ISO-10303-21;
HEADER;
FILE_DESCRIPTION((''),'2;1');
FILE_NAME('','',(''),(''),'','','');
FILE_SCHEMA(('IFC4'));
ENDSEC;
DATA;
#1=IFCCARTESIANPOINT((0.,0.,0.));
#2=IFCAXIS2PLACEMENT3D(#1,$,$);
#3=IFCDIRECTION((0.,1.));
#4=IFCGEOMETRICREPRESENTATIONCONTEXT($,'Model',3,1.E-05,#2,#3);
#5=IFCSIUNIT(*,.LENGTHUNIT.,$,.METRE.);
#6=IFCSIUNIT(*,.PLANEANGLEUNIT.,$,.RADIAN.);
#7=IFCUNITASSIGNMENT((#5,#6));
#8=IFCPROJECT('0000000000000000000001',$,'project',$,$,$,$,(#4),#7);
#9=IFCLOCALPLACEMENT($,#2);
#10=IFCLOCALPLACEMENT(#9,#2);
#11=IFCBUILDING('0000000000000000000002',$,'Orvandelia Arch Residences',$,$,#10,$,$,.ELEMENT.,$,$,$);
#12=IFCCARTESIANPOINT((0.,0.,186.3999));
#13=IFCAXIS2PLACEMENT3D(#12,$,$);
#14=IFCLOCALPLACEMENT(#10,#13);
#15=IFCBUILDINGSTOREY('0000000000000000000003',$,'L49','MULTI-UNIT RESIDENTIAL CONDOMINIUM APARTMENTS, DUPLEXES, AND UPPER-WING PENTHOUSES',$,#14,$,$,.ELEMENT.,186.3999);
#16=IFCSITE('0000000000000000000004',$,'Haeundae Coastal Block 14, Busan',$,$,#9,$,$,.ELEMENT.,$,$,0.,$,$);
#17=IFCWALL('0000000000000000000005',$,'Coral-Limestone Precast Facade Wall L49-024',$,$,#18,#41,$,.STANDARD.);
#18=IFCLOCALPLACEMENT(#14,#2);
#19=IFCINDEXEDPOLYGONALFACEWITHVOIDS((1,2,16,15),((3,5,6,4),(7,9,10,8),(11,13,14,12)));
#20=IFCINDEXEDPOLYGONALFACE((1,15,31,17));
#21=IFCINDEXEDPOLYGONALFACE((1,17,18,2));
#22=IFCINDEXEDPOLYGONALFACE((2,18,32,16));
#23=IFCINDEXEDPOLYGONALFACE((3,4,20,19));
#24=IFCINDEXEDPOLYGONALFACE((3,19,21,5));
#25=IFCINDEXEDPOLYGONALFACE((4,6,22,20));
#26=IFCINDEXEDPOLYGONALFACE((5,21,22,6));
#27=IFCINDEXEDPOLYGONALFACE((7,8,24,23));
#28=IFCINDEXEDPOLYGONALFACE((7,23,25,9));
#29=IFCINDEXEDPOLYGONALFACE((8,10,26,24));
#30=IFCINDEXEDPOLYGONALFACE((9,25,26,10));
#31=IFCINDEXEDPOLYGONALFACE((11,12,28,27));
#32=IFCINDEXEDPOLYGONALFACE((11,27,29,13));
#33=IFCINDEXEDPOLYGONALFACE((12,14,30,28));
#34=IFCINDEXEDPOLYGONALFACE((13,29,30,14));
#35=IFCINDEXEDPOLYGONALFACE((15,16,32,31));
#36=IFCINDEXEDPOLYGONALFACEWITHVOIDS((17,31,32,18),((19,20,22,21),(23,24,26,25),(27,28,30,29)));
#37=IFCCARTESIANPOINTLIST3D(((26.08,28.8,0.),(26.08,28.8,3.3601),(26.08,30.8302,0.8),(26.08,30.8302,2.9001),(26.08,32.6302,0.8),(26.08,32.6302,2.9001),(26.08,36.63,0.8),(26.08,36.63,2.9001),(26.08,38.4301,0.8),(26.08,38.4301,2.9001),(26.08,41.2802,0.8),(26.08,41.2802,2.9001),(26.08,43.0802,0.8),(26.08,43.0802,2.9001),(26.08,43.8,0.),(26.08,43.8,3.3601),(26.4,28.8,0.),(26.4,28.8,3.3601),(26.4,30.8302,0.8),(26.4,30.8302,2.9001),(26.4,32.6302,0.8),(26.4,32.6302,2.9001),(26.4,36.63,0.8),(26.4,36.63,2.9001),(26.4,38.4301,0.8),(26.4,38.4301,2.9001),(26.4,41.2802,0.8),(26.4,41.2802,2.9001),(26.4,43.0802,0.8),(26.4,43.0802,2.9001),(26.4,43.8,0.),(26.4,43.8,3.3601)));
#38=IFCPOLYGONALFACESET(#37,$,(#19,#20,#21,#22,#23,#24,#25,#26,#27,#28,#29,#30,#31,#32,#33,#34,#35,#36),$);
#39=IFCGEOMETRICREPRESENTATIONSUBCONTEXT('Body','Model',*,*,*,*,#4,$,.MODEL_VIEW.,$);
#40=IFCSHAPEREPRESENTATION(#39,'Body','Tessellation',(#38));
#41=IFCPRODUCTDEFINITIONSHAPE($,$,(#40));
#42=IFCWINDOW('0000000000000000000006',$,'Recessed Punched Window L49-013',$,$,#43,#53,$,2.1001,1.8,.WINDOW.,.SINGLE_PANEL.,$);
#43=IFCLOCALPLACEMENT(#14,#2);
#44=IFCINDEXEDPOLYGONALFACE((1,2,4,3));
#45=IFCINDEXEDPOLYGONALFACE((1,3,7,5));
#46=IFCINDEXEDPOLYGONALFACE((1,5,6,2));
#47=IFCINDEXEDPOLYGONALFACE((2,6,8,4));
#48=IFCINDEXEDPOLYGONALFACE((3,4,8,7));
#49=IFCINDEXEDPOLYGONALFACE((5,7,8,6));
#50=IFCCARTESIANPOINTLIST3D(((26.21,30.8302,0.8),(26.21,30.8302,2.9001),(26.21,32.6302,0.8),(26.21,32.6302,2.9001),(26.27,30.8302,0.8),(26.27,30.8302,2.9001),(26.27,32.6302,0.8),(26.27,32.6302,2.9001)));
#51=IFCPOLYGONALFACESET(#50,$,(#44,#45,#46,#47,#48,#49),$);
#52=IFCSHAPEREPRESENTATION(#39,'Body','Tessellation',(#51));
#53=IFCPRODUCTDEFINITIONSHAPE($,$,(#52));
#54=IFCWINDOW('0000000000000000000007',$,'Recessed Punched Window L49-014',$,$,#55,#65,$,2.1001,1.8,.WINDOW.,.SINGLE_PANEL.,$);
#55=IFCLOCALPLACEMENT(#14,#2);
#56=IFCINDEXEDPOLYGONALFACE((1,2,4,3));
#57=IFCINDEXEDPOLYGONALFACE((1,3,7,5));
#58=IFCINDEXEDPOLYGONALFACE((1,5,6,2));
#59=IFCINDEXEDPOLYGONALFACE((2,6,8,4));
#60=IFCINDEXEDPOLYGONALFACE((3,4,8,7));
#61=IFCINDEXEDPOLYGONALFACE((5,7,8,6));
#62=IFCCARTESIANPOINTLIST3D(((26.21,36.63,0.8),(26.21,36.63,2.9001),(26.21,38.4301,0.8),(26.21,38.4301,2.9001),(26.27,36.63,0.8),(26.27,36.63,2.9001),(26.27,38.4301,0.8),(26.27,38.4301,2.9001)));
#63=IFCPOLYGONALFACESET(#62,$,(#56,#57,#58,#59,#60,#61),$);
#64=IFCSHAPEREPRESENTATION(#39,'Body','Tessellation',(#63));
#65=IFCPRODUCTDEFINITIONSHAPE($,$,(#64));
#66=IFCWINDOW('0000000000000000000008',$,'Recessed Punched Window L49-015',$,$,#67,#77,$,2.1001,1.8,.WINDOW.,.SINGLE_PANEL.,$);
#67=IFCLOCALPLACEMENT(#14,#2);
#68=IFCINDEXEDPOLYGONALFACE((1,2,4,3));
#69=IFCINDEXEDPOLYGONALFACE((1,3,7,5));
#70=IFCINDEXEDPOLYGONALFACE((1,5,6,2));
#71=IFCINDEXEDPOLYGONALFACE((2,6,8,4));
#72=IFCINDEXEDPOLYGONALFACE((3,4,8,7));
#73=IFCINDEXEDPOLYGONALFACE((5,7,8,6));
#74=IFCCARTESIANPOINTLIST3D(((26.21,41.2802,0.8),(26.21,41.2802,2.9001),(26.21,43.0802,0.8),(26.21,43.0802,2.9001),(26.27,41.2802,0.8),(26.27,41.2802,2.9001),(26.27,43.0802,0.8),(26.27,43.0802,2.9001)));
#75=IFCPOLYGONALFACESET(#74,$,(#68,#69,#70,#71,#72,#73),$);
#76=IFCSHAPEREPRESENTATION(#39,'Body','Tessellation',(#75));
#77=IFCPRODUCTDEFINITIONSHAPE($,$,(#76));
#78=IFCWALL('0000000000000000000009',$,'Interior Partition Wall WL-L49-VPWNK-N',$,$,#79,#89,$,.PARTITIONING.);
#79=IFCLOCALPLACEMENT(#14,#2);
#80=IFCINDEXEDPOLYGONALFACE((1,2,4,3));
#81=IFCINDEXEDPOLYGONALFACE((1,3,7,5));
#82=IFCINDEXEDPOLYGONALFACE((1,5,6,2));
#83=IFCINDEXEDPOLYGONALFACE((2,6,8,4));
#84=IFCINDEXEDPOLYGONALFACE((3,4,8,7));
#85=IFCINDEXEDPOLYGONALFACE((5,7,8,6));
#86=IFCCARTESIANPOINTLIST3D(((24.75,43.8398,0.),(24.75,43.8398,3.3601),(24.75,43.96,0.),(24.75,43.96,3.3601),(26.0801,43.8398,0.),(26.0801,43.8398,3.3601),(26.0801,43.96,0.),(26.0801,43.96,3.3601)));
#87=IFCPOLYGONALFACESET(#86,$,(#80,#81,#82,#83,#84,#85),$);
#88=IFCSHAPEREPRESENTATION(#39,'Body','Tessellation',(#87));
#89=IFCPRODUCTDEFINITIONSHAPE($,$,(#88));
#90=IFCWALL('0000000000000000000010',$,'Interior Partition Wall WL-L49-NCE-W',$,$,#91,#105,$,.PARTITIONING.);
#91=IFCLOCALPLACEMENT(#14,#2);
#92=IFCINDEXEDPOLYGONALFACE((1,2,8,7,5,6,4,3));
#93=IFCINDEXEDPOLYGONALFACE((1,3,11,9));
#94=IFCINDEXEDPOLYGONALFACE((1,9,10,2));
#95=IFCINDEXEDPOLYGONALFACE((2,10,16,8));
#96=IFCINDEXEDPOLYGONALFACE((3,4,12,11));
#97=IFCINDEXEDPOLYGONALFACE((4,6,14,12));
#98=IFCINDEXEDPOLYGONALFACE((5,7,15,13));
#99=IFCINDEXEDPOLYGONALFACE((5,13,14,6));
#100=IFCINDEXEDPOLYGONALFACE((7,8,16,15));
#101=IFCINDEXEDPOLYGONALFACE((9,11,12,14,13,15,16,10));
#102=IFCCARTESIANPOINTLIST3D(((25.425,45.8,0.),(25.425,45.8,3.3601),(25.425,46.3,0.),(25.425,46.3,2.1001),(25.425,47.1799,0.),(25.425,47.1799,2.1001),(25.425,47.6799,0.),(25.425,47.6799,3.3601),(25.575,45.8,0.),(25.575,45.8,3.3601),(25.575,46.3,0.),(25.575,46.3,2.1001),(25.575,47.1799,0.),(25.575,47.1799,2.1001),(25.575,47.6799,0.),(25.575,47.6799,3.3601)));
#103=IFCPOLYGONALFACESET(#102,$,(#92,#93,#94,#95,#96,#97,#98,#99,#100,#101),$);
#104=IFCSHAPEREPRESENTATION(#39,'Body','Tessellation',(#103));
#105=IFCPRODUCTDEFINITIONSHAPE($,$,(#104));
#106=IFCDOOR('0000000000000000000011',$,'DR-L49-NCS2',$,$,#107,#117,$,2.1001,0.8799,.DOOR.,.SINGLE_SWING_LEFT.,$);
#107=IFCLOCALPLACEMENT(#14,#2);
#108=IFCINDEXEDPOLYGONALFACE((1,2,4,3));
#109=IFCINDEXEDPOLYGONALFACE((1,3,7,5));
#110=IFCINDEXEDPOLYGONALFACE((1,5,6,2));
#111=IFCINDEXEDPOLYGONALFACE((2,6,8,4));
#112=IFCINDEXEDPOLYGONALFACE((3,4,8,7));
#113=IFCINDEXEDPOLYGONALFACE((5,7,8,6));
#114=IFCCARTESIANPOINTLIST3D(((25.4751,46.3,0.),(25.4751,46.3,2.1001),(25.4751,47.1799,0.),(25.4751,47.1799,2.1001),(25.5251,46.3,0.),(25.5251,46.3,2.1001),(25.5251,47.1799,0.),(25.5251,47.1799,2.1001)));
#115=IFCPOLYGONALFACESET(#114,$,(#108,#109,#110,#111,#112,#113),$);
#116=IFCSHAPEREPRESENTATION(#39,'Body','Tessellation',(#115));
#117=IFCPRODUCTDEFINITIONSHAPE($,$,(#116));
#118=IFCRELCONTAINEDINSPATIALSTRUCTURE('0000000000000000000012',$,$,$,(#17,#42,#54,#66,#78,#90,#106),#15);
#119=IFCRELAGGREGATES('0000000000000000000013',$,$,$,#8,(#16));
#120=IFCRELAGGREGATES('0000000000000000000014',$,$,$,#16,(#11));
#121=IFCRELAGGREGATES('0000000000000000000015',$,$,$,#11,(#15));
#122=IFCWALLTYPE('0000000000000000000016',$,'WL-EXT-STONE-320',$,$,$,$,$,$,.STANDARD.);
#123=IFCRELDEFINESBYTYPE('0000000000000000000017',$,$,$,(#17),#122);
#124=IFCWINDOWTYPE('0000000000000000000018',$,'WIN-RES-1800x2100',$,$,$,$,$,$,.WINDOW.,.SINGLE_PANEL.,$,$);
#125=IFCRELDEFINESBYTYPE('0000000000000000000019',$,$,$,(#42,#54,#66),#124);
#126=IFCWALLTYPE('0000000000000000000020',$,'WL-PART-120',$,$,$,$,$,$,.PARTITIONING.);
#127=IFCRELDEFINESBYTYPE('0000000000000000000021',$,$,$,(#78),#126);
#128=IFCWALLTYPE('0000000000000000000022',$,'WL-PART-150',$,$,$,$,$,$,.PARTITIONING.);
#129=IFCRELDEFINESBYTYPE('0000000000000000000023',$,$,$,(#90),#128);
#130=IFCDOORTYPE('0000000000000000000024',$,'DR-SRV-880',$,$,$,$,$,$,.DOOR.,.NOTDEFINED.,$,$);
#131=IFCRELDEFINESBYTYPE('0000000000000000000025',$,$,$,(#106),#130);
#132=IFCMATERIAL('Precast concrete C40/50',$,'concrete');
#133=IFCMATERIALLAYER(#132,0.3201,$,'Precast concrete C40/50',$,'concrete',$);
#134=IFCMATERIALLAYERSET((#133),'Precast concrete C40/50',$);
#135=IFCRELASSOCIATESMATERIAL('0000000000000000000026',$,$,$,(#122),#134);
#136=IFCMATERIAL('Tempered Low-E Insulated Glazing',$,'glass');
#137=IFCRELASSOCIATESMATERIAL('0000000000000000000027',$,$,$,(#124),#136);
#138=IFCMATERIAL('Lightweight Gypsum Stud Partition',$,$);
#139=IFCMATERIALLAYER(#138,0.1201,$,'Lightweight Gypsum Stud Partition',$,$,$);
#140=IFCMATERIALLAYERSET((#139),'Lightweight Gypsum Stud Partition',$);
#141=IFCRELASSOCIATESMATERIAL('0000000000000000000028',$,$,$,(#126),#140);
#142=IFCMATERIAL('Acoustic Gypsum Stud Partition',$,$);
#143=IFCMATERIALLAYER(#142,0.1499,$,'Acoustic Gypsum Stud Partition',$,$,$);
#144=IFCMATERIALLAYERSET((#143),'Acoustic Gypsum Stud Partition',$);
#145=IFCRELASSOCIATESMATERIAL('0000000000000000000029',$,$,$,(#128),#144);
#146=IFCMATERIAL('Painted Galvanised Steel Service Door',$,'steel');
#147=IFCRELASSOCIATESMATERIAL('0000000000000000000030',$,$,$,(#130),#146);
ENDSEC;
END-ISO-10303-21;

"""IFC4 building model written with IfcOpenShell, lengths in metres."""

from ifc_helpers import new_model, si_unit, direction, frame, frame_2d, origin, place, context, subcontext, project, spatial, rectangle, extrude, material, layer, layer_set, type_object, element, fill, save


model = new_model("IFC4")

# Units and contexts
model_context = context("Model", 3, precision=1e-05, world=origin(), true_north=direction((0.0, 1.0)))
body_context = subcontext(model_context, "Body", "Model", "MODEL_VIEW")
ifc_project = project(units=[si_unit("LENGTHUNIT", "METRE"), si_unit("PLANEANGLEUNIT", "RADIAN")], contexts=[model_context])

# Site, building, storey
site_placement = place(None, origin())
site = spatial("IfcSite", under=ifc_project, at=site_placement, Name="Haeundae Coastal Block 14, Busan", CompositionType="ELEMENT", RefElevation=0.0)
building_placement = place(site_placement, origin())
building = spatial("IfcBuilding", under=site, at=building_placement, Name="Orvandelia Arch Residences", CompositionType="ELEMENT")
storey_placement = place(building_placement, frame((0.0, 0.0, 186.3999)))
storey = spatial("IfcBuildingStorey", under=building, at=storey_placement, Name="L49", Description="MULTI-UNIT RESIDENTIAL CONDOMINIUM APARTMENTS, DUPLEXES, AND UPPER-WING PENTHOUSES", CompositionType="ELEMENT", Elevation=186.3999)

# Wall, openings, windows
ifc_material_1 = material(Name="Precast concrete C40/50", Category="concrete")
ifc_layer_1 = layer(ifc_material_1, 0.3201, Name="Precast concrete C40/50", Category="concrete")
ifc_layer_set_1 = layer_set([ifc_layer_1], Name="Precast concrete C40/50")
wall_type_1 = type_object("IfcWallType", Name="WL-EXT-STONE-320", PredefinedType="STANDARD", material=ifc_layer_set_1)
wall_1_placement = place(storey_placement, frame((26.24, 43.8, 0.0), z_axis=(0.0, 0.0, 1.0), x_axis=(0.0, -1.0, 0.0)))
wall_1 = element("IfcWall", 1, at=wall_1_placement, inside=storey, type_object=wall_type_1, Name="Coral-Limestone Precast Facade Wall L49-024", PredefinedType="STANDARD", context=body_context, shape_type="SweptSolid", body=[
    extrude(rectangle(XDim=15.0, YDim=0.3201, at=frame_2d((7.5, 0.0))), origin(), (0.0, 0.0, 1.0), 3.3601),
])
opening_1_placement = place(wall_1_placement, frame((11.1699, 0.0, 0.8)))
opening_1 = element("IfcOpeningElement", 2, at=opening_1_placement, cuts=wall_1, PredefinedType="OPENING", context=body_context, shape_type="SweptSolid", body=[
    extrude(rectangle(XDim=1.8, YDim=2.1001, at=frame_2d((0.8999, 1.05))), frame((0.0, 0.1699, 0.0), z_axis=(0.0, -1.0, 0.0), x_axis=(1.0, 0.0, 0.0)), (0.0, 0.0, 1.0), 0.3401),
])
opening_2_placement = place(wall_1_placement, frame((5.3701, 0.0, 0.8)))
opening_2 = element("IfcOpeningElement", 3, at=opening_2_placement, cuts=wall_1, PredefinedType="OPENING", context=body_context, shape_type="SweptSolid", body=[
    extrude(rectangle(XDim=1.8, YDim=2.1001, at=frame_2d((0.8999, 1.05))), frame((0.0, 0.1699, 0.0), z_axis=(0.0, -1.0, 0.0), x_axis=(1.0, 0.0, 0.0)), (0.0, 0.0, 1.0), 0.3401),
])
opening_3_placement = place(wall_1_placement, frame((0.72, 0.0, 0.8)))
opening_3 = element("IfcOpeningElement", 4, at=opening_3_placement, cuts=wall_1, PredefinedType="OPENING", context=body_context, shape_type="SweptSolid", body=[
    extrude(rectangle(XDim=1.8, YDim=2.1001, at=frame_2d((0.8999, 1.05))), frame((0.0, 0.1699, 0.0), z_axis=(0.0, -1.0, 0.0), x_axis=(1.0, 0.0, 0.0)), (0.0, 0.0, 1.0), 0.3401),
])
ifc_material_2 = material(Name="Tempered Low-E Insulated Glazing", Category="glass")
window_type = type_object("IfcWindowType", Name="WIN-RES-1800x2100", PartitioningType="SINGLE_PANEL", PredefinedType="WINDOW", material=ifc_material_2)
window_1_placement = place(opening_1_placement, origin())
window_1 = element("IfcWindow", 5, at=window_1_placement, inside=storey, type_object=window_type, Name="Recessed Punched Window L49-013", OverallHeight=2.1001, OverallWidth=1.8, PartitioningType="SINGLE_PANEL", PredefinedType="WINDOW", context=body_context, shape_type="SweptSolid", body=[
    extrude(rectangle(XDim=1.8, YDim=2.1001, at=frame_2d((0.8999, 1.05))), frame((0.0, 0.03, 0.0), z_axis=(0.0, -1.0, 0.0), x_axis=(1.0, 0.0, 0.0)), (0.0, 0.0, 1.0), 0.0601),
])
fill(opening_1, window_1)
window_2_placement = place(opening_2_placement, origin())
window_2 = element("IfcWindow", 6, at=window_2_placement, inside=storey, type_object=window_type, Name="Recessed Punched Window L49-014", OverallHeight=2.1001, OverallWidth=1.8, PartitioningType="SINGLE_PANEL", PredefinedType="WINDOW", context=body_context, shape_type="SweptSolid", body=[
    extrude(rectangle(XDim=1.8, YDim=2.1001, at=frame_2d((0.8999, 1.05))), frame((0.0, 0.03, 0.0), z_axis=(0.0, -1.0, 0.0), x_axis=(1.0, 0.0, 0.0)), (0.0, 0.0, 1.0), 0.0601),
])
fill(opening_2, window_2)
window_3_placement = place(opening_3_placement, origin())
window_3 = element("IfcWindow", 7, at=window_3_placement, inside=storey, type_object=window_type, Name="Recessed Punched Window L49-015", OverallHeight=2.1001, OverallWidth=1.8, PartitioningType="SINGLE_PANEL", PredefinedType="WINDOW", context=body_context, shape_type="SweptSolid", body=[
    extrude(rectangle(XDim=1.8, YDim=2.1001, at=frame_2d((0.8999, 1.05))), frame((0.0, 0.03, 0.0), z_axis=(0.0, -1.0, 0.0), x_axis=(1.0, 0.0, 0.0)), (0.0, 0.0, 1.0), 0.0601),
])
fill(opening_3, window_3)

# Wall
ifc_material_3 = material(Name="Lightweight Gypsum Stud Partition")
ifc_layer_2 = layer(ifc_material_3, 0.1201, Name="Lightweight Gypsum Stud Partition")
ifc_layer_set_2 = layer_set([ifc_layer_2], Name="Lightweight Gypsum Stud Partition")
wall_type_2 = type_object("IfcWallType", Name="WL-PART-120", PredefinedType="PARTITIONING", material=ifc_layer_set_2)
wall_2_placement = place(storey_placement, frame((24.75, 43.8999, 0.0), z_axis=(0.0, 0.0, 1.0), x_axis=(1.0, 0.0, 0.0)))
element("IfcWall", 8, at=wall_2_placement, inside=storey, type_object=wall_type_2, Name="Interior Partition Wall WL-L49-VPWNK-N", PredefinedType="PARTITIONING", context=body_context, shape_type="SweptSolid", body=[
    extrude(rectangle(XDim=1.3301, YDim=0.1201, at=frame_2d((0.665, 0.0))), origin(), (0.0, 0.0, 1.0), 3.3601),
])

# Wall, opening, door
ifc_material_4 = material(Name="Acoustic Gypsum Stud Partition")
ifc_layer_3 = layer(ifc_material_4, 0.1499, Name="Acoustic Gypsum Stud Partition")
ifc_layer_set_3 = layer_set([ifc_layer_3], Name="Acoustic Gypsum Stud Partition")
wall_type_3 = type_object("IfcWallType", Name="WL-PART-150", PredefinedType="PARTITIONING", material=ifc_layer_set_3)
wall_3_placement = place(storey_placement, frame((25.5, 45.8, 0.0), z_axis=(0.0, 0.0, 1.0), x_axis=(0.0, 1.0, 0.0)))
wall_3 = element("IfcWall", 9, at=wall_3_placement, inside=storey, type_object=wall_type_3, Name="Interior Partition Wall WL-L49-NCE-W", PredefinedType="PARTITIONING", context=body_context, shape_type="SweptSolid", body=[
    extrude(rectangle(XDim=1.8799, YDim=0.1499, at=frame_2d((0.9399, 0.0))), origin(), (0.0, 0.0, 1.0), 3.3601),
])
opening_4_placement = place(wall_3_placement, frame((0.5, 0.0, 0.0)))
opening_4 = element("IfcOpeningElement", 10, at=opening_4_placement, cuts=wall_3, PredefinedType="OPENING", context=body_context, shape_type="SweptSolid", body=[
    extrude(rectangle(XDim=0.8799, YDim=2.1001, at=frame_2d((0.4399, 1.05))), frame((0.0, 0.085, 0.0), z_axis=(0.0, -1.0, 0.0), x_axis=(1.0, 0.0, 0.0)), (0.0, 0.0, 1.0), 0.1699),
])
ifc_material_5 = material(Name="Painted Galvanised Steel Service Door", Category="steel")
door_type_1 = type_object("IfcDoorType", Name="DR-SRV-880", OperationType="NOTDEFINED", PredefinedType="DOOR", material=ifc_material_5)
door_1_placement = place(opening_4_placement, origin())
door_1 = element("IfcDoor", 11, at=door_1_placement, inside=storey, type_object=door_type_1, Name="DR-L49-NCS2", OperationType="SINGLE_SWING_LEFT", OverallHeight=2.1001, OverallWidth=0.8799, PredefinedType="DOOR", context=body_context, shape_type="SweptSolid", body=[
    extrude(rectangle(XDim=0.8799, YDim=2.1001, at=frame_2d((0.4399, 1.05))), frame((0.0, 0.0249, 0.0), z_axis=(0.0, -1.0, 0.0), x_axis=(1.0, 0.0, 0.0)), (0.0, 0.0, 1.0), 0.05),
])
fill(opening_4, door_1)

save(model, "model.ifc")
